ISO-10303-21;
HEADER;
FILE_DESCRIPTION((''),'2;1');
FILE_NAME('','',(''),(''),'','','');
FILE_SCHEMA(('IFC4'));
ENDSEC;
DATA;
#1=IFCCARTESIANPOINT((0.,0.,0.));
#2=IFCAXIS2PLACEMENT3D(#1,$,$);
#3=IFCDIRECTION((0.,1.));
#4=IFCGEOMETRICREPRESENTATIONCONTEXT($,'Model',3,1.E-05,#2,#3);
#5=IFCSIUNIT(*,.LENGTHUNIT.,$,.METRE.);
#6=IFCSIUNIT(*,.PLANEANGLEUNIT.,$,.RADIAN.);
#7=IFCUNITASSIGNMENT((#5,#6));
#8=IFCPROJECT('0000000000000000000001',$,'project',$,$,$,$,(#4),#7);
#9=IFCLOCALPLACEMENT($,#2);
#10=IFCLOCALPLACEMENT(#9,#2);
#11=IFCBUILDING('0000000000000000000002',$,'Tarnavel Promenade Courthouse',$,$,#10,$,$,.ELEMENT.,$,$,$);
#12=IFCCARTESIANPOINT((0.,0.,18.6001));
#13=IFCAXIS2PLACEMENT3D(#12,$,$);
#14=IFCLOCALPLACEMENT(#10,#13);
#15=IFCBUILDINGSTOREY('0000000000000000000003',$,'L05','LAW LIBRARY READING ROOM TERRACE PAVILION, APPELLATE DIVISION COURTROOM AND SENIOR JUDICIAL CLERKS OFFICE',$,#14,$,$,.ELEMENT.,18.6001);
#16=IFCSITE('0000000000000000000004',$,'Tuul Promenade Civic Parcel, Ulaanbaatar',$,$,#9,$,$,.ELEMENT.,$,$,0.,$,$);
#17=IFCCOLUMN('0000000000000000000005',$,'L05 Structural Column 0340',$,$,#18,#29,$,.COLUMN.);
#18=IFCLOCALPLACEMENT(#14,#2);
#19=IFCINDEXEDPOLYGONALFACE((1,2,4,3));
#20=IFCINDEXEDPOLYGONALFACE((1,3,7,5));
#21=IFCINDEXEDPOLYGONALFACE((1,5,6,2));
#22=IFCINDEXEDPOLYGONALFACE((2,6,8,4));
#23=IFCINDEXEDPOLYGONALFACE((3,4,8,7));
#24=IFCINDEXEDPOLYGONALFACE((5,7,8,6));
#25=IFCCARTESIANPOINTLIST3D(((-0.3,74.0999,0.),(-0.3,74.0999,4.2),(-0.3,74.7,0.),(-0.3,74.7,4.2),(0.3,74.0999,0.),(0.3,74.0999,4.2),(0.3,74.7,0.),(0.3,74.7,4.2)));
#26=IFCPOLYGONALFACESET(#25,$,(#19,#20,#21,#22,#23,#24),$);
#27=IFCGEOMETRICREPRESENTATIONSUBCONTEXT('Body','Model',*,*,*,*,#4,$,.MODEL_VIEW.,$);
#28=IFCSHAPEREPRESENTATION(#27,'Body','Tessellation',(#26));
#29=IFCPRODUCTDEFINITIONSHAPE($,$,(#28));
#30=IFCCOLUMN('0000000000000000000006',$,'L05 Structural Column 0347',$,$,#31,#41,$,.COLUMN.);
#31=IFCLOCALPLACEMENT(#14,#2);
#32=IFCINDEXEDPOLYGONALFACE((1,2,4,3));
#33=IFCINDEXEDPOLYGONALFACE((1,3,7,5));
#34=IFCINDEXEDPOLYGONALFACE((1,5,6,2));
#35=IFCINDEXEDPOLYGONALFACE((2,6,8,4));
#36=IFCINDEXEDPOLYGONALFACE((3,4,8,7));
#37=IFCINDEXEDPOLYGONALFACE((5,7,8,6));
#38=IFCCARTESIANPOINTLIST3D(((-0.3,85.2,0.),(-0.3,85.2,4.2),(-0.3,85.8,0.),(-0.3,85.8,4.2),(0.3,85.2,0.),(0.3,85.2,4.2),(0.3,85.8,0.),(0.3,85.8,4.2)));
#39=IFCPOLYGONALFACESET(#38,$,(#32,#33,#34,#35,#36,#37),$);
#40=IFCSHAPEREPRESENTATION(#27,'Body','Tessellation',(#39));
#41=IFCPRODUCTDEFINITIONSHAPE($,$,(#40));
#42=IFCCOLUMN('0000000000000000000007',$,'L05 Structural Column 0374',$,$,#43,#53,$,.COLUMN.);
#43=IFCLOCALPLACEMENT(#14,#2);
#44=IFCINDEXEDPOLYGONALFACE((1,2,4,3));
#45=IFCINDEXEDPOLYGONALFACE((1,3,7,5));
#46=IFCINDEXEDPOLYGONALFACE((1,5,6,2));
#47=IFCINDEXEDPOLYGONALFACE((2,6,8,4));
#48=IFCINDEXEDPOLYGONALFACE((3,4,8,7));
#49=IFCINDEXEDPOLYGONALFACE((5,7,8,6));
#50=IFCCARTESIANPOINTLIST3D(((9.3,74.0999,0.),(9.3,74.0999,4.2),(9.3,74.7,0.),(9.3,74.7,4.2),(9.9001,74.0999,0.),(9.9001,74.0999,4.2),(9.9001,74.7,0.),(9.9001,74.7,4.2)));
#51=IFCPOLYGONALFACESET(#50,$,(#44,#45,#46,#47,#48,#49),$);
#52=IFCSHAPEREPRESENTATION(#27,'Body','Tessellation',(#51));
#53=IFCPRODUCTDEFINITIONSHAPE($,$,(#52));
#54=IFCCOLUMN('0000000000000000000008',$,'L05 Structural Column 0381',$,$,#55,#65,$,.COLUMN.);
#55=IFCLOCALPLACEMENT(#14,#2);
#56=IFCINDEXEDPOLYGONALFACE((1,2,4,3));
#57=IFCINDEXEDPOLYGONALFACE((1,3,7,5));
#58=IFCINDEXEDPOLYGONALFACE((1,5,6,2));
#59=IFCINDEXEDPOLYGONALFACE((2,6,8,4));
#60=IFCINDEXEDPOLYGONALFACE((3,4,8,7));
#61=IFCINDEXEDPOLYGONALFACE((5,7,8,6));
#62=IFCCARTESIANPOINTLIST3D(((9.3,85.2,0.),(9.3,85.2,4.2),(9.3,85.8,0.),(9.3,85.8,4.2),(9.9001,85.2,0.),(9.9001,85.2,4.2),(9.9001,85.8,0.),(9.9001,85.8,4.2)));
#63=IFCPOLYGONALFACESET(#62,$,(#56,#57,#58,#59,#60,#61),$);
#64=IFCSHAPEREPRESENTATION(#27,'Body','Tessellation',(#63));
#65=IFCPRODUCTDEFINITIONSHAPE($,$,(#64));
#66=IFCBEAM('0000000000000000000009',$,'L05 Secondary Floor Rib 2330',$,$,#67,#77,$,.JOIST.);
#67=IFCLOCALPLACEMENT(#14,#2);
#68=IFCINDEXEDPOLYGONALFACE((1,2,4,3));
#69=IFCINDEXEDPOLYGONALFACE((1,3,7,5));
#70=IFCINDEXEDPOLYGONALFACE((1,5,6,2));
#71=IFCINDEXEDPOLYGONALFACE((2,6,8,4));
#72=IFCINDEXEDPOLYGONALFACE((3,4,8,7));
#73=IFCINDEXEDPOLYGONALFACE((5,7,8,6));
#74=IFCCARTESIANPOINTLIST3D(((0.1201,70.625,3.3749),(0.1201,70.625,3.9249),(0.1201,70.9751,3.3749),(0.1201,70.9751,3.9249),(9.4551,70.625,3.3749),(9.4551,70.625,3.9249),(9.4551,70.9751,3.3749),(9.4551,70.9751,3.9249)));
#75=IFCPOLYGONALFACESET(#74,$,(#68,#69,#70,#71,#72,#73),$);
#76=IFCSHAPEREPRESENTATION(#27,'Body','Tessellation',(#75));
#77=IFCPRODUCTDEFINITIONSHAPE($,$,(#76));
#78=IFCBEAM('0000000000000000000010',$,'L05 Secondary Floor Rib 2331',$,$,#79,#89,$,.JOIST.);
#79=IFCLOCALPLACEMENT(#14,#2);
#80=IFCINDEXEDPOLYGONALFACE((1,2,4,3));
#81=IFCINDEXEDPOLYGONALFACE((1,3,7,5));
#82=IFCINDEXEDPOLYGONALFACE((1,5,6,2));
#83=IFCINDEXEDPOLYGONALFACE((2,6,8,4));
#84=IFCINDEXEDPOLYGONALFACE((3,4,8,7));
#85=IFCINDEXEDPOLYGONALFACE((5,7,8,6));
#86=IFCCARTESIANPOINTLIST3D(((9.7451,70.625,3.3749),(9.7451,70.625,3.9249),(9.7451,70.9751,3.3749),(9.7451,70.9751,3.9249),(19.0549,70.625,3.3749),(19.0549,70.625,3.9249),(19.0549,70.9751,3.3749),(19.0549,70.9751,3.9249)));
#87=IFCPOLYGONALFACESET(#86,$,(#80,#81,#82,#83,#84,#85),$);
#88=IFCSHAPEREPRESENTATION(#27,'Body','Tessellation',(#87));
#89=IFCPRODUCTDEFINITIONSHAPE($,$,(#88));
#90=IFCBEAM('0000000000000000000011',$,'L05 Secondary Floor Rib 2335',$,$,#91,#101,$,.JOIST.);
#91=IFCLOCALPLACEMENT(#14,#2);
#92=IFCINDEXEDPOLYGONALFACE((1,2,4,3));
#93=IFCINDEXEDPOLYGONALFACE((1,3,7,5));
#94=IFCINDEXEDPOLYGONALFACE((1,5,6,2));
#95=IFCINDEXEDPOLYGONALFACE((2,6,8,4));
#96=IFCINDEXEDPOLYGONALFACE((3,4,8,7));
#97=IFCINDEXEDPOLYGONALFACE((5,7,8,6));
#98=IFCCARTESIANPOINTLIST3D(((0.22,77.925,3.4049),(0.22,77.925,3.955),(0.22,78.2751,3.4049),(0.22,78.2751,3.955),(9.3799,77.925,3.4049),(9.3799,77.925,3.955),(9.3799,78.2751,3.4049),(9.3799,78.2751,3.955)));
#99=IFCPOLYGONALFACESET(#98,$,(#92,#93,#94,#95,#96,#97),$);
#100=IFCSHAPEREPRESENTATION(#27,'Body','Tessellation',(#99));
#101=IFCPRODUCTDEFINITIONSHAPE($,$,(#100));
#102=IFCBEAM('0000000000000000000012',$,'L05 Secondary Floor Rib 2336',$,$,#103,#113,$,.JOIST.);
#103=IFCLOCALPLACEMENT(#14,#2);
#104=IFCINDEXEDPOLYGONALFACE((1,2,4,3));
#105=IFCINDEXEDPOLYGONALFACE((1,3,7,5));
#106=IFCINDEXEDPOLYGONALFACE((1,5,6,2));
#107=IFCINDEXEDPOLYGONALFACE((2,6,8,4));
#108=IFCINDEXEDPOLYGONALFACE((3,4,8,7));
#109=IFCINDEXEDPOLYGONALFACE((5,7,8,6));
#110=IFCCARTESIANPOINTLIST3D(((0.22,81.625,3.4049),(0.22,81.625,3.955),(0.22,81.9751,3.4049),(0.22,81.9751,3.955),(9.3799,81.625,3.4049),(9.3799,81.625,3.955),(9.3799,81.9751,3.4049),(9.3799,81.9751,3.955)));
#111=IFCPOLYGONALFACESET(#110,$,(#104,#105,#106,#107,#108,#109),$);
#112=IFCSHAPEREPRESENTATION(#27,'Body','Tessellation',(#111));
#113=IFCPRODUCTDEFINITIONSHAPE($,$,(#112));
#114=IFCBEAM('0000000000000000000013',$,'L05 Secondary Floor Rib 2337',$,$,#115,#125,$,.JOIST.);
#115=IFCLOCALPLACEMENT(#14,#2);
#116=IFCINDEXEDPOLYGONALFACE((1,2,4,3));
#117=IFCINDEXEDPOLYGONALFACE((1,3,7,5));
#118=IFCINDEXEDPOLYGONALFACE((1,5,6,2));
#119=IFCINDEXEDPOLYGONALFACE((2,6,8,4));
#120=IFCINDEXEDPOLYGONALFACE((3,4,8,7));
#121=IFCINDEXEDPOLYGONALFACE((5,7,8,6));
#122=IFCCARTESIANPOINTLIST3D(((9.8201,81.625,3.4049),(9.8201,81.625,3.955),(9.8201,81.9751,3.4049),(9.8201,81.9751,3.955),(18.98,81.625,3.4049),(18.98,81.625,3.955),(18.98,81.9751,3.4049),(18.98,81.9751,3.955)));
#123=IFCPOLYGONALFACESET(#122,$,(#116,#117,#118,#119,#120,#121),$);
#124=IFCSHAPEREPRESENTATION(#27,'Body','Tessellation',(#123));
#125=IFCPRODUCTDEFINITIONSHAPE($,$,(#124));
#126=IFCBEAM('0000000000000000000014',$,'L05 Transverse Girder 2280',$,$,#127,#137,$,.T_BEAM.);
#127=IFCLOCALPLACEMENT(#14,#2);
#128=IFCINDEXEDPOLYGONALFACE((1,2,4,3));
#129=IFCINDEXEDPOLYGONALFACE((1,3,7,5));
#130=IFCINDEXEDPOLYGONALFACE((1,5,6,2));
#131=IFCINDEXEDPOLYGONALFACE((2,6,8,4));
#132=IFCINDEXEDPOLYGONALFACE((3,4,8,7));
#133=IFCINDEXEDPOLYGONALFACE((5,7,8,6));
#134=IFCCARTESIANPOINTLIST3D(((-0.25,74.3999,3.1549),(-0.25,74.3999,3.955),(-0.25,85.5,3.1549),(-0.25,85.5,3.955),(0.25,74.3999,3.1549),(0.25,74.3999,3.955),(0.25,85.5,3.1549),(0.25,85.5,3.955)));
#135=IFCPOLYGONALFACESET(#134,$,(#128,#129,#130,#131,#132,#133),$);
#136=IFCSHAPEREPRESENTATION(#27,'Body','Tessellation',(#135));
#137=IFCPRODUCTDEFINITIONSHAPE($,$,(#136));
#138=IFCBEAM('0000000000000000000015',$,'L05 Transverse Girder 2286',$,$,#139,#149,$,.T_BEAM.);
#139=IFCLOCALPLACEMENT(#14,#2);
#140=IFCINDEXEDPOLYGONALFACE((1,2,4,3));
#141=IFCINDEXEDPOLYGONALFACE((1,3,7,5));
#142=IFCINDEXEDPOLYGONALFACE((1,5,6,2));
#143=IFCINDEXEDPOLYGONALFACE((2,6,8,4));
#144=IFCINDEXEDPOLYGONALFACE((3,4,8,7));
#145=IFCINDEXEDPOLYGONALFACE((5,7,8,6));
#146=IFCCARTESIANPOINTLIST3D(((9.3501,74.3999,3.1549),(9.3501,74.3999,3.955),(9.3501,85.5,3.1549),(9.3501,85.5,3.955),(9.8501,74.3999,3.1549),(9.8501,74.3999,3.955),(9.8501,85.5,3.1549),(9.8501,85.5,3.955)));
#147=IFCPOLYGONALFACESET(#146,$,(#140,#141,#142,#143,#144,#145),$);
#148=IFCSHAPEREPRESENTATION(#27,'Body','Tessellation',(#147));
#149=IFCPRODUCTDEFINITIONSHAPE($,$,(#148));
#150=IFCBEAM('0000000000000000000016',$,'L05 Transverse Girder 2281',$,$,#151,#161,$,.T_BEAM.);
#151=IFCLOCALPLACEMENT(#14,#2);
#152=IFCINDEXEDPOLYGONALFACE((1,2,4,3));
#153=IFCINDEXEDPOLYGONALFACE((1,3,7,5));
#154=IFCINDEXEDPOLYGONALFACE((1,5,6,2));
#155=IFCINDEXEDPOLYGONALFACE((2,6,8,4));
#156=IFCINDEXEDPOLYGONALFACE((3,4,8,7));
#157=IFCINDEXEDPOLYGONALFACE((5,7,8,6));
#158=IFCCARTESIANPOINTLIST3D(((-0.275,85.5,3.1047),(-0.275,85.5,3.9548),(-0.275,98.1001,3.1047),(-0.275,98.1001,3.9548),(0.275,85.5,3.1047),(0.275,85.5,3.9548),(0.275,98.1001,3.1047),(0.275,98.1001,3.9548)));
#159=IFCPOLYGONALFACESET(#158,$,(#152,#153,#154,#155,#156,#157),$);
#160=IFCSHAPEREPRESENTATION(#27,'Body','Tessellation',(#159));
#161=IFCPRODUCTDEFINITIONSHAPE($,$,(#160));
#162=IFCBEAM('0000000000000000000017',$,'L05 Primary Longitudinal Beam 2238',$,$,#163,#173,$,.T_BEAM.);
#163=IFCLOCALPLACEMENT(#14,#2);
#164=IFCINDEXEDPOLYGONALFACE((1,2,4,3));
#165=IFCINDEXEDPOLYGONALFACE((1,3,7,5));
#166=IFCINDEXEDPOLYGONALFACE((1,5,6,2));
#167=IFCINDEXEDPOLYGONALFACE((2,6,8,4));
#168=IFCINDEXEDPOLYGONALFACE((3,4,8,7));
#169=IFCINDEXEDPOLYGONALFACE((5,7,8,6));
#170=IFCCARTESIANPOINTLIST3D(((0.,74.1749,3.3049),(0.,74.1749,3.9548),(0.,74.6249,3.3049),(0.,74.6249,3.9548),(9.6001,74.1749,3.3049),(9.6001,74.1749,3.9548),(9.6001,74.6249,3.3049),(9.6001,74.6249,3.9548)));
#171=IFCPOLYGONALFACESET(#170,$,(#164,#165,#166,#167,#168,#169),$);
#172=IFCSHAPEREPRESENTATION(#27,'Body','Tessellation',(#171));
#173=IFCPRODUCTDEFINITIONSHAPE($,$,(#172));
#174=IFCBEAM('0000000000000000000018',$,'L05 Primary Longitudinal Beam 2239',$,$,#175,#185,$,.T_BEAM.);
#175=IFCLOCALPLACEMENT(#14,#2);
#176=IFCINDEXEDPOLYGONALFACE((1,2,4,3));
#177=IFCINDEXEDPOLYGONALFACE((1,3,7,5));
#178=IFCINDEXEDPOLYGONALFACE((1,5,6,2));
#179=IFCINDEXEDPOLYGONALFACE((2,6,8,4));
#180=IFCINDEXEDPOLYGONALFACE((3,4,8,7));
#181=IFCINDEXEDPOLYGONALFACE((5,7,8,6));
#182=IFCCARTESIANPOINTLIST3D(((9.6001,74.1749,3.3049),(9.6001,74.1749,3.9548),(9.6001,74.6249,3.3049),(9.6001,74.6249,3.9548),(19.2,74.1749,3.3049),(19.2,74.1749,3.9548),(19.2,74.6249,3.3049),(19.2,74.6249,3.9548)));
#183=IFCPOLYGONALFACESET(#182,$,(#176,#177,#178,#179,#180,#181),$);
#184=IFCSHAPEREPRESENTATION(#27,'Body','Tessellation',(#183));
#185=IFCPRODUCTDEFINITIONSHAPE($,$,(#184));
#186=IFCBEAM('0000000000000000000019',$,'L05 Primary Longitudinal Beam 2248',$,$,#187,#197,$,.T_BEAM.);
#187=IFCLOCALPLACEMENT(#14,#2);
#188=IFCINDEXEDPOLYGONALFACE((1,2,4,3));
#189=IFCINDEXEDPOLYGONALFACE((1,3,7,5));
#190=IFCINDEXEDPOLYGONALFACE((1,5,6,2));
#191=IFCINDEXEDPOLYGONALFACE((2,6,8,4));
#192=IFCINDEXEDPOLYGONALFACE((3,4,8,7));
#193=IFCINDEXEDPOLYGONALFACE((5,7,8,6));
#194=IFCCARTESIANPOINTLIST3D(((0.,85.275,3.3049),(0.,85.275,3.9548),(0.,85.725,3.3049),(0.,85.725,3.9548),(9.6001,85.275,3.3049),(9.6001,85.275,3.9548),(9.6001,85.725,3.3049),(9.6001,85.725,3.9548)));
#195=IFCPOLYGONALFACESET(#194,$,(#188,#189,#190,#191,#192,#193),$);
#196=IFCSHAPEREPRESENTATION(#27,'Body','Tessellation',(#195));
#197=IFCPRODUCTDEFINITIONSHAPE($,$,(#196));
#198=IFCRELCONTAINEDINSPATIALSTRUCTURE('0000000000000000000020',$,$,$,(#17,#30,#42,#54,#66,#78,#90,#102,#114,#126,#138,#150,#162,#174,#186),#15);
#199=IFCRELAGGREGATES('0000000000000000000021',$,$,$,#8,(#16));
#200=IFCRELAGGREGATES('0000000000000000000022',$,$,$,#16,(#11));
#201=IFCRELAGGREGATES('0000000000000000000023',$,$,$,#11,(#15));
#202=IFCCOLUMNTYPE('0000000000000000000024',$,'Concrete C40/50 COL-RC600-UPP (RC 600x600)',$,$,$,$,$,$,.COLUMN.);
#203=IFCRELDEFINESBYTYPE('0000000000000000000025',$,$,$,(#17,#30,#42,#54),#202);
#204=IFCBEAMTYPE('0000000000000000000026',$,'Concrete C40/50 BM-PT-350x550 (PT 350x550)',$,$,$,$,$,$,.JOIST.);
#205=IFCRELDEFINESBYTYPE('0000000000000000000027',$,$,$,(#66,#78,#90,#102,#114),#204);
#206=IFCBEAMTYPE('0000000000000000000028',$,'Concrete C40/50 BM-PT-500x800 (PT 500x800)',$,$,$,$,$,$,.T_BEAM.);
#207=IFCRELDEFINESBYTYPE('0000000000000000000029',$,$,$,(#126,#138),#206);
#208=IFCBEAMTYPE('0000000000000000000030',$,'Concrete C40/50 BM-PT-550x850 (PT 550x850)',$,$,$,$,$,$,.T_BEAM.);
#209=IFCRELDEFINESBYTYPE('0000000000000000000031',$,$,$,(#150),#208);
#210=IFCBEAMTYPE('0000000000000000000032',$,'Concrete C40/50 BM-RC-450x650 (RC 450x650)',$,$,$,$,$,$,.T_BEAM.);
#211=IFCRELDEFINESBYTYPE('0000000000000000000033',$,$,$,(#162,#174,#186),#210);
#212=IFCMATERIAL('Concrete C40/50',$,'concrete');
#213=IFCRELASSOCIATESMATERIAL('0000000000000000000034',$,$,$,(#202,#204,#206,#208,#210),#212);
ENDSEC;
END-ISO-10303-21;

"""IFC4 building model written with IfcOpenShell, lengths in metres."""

from ifc_helpers import new_model, si_unit, direction, frame, origin, origin_2d, place, context, subcontext, project, spatial, rectangle, extrude, material, material_profile, profile_set, type_object, element, save


model = new_model("IFC4")

# Units and contexts
model_context = context("Model", 3, precision=1e-05, world=origin(), true_north=direction((0.0, 1.0)))
body_context = subcontext(model_context, "Body", "Model", "MODEL_VIEW")
ifc_project = project(units=[si_unit("LENGTHUNIT", "METRE"), si_unit("PLANEANGLEUNIT", "RADIAN")], contexts=[model_context])

# Site, building, storey
site_placement = place(None, origin())
site = spatial("IfcSite", under=ifc_project, at=site_placement, Name="Tuul Promenade Civic Parcel, Ulaanbaatar", CompositionType="ELEMENT", RefElevation=0.0)
building_placement = place(site_placement, origin())
building = spatial("IfcBuilding", under=site, at=building_placement, Name="Tarnavel Promenade Courthouse", CompositionType="ELEMENT")
storey_placement = place(building_placement, frame((0.0, 0.0, 18.6001)))
storey = spatial("IfcBuildingStorey", under=building, at=storey_placement, Name="L05", Description="LAW LIBRARY READING ROOM TERRACE PAVILION, APPELLATE DIVISION COURTROOM AND SENIOR JUDICIAL CLERKS OFFICE", CompositionType="ELEMENT", Elevation=18.6001)

# Columns
ifc_material_1 = material(Name="Concrete C40/50", Category="concrete")
ifc_material_profile_1 = material_profile(ifc_material_1, rectangle(XDim=0.6001, YDim=0.6001, at=origin_2d()), Name="RC 600x600")
ifc_profile_set_1 = profile_set([ifc_material_profile_1], Name="Concrete C40/50")
column_type = type_object("IfcColumnType", Name="Concrete C40/50 COL-RC600-UPP (RC 600x600)", PredefinedType="COLUMN", material=ifc_profile_set_1)
for number, where, z_axis, x_axis, name in (
    (1, (0.0, 74.3999, 0.0), (0.0, 0.0, 1.0), (1.0, 0.0, 0.0), "L05 Structural Column 0340"),
    (2, (0.0, 85.5, 0.0), (0.0, 0.0, 1.0), (1.0, 0.0, 0.0), "L05 Structural Column 0347"),
    (3, (9.6001, 74.3999, 0.0), (0.0, 0.0, 1.0), (1.0, 0.0, 0.0), "L05 Structural Column 0374"),
    (4, (9.6001, 85.5, 0.0), (0.0, 0.0, 1.0), (1.0, 0.0, 0.0), "L05 Structural Column 0381"),
):
    element("IfcColumn", number, at=place(storey_placement, frame(where, z_axis=z_axis, x_axis=x_axis)), inside=storey, type_object=column_type, Name=name, PredefinedType="COLUMN", context=body_context, shape_type="SweptSolid", body=[
        extrude(rectangle(XDim=0.6001, YDim=0.6001, at=origin_2d()), origin(), (0.0, 0.0, 1.0), 4.2),
    ])

# Beams
ifc_material_profile_2 = material_profile(ifc_material_1, rectangle(XDim=0.3501, YDim=0.55, at=origin_2d()), Name="PT 350x550")
ifc_profile_set_2 = profile_set([ifc_material_profile_2], Name="Concrete C40/50")
beam_type_1 = type_object("IfcBeamType", Name="Concrete C40/50 BM-PT-350x550 (PT 350x550)", PredefinedType="JOIST", material=ifc_profile_set_2)
beam_1_placement = place(storey_placement, frame((0.1201, 70.8, 3.6499), z_axis=(1.0, 0.0, 0.0), x_axis=(0.0, 1.0, 0.0)))
element("IfcBeam", 5, at=beam_1_placement, inside=storey, type_object=beam_type_1, Name="L05 Secondary Floor Rib 2330", PredefinedType="JOIST", context=body_context, shape_type="SweptSolid", body=[
    extrude(rectangle(XDim=0.3501, YDim=0.55, at=origin_2d()), origin(), (0.0, 0.0, 1.0), 9.335),
])
beam_2_placement = place(storey_placement, frame((9.7451, 70.8, 3.6499), z_axis=(1.0, 0.0, 0.0), x_axis=(0.0, 1.0, 0.0)))
element("IfcBeam", 6, at=beam_2_placement, inside=storey, type_object=beam_type_1, Name="L05 Secondary Floor Rib 2331", PredefinedType="JOIST", context=body_context, shape_type="SweptSolid", body=[
    extrude(rectangle(XDim=0.3501, YDim=0.55, at=origin_2d()), origin(), (0.0, 0.0, 1.0), 9.3098),
])
for number, where, z_axis, x_axis, name in (
    (7, (0.22, 78.1001, 3.6799), (1.0, 0.0, 0.0), (0.0, 1.0, 0.0), "L05 Secondary Floor Rib 2335"),
    (8, (0.22, 81.8, 3.6799), (1.0, 0.0, 0.0), (0.0, 1.0, 0.0), "L05 Secondary Floor Rib 2336"),
    (9, (9.8201, 81.8, 3.6799), (1.0, 0.0, 0.0), (0.0, 1.0, 0.0), "L05 Secondary Floor Rib 2337"),
):
    element("IfcBeam", number, at=place(storey_placement, frame(where, z_axis=z_axis, x_axis=x_axis)), inside=storey, type_object=beam_type_1, Name=name, PredefinedType="JOIST", context=body_context, shape_type="SweptSolid", body=[
        extrude(rectangle(XDim=0.3501, YDim=0.55, at=origin_2d()), origin(), (0.0, 0.0, 1.0), 9.1599),
    ])
ifc_material_profile_3 = material_profile(ifc_material_1, rectangle(XDim=0.5, YDim=0.8, at=origin_2d()), Name="PT 500x800")
ifc_profile_set_3 = profile_set([ifc_material_profile_3], Name="Concrete C40/50")
beam_type_2 = type_object("IfcBeamType", Name="Concrete C40/50 BM-PT-500x800 (PT 500x800)", PredefinedType="T_BEAM", material=ifc_profile_set_3)
for number, where, z_axis, x_axis, name in (
    (10, (0.0, 74.3999, 3.5549), (0.0, 1.0, 0.0), (-1.0, 0.0, 0.0), "L05 Transverse Girder 2280"),
    (11, (9.6001, 74.3999, 3.5549), (0.0, 1.0, 0.0), (-1.0, 0.0, 0.0), "L05 Transverse Girder 2286"),
):
    element("IfcBeam", number, at=place(storey_placement, frame(where, z_axis=z_axis, x_axis=x_axis)), inside=storey, type_object=beam_type_2, Name=name, PredefinedType="T_BEAM", context=body_context, shape_type="SweptSolid", body=[
        extrude(rectangle(XDim=0.5, YDim=0.8, at=origin_2d()), origin(), (0.0, 0.0, 1.0), 11.1001),
    ])
ifc_material_profile_4 = material_profile(ifc_material_1, rectangle(XDim=0.55, YDim=0.8501, at=origin_2d()), Name="PT 550x850")
ifc_profile_set_4 = profile_set([ifc_material_profile_4], Name="Concrete C40/50")
beam_type_3 = type_object("IfcBeamType", Name="Concrete C40/50 BM-PT-550x850 (PT 550x850)", PredefinedType="T_BEAM", material=ifc_profile_set_4)
beam_3_placement = place(storey_placement, frame((0.0, 85.5, 3.5298), z_axis=(0.0, 1.0, 0.0), x_axis=(-1.0, 0.0, 0.0)))
element("IfcBeam", 12, at=beam_3_placement, inside=storey, type_object=beam_type_3, Name="L05 Transverse Girder 2281", PredefinedType="T_BEAM", context=body_context, shape_type="SweptSolid", body=[
    extrude(rectangle(XDim=0.55, YDim=0.8501, at=origin_2d()), origin(), (0.0, 0.0, 1.0), 12.6001),
])
ifc_material_profile_5 = material_profile(ifc_material_1, rectangle(XDim=0.45, YDim=0.6499, at=origin_2d()), Name="RC 450x650")
ifc_profile_set_5 = profile_set([ifc_material_profile_5], Name="Concrete C40/50")
beam_type_4 = type_object("IfcBeamType", Name="Concrete C40/50 BM-RC-450x650 (RC 450x650)", PredefinedType="T_BEAM", material=ifc_profile_set_5)
beam_4_placement = place(storey_placement, frame((0.0, 74.3999, 3.6299), z_axis=(1.0, 0.0, 0.0), x_axis=(0.0, 1.0, 0.0)))
element("IfcBeam", 13, at=beam_4_placement, inside=storey, type_object=beam_type_4, Name="L05 Primary Longitudinal Beam 2238", PredefinedType="T_BEAM", context=body_context, shape_type="SweptSolid", body=[
    extrude(rectangle(XDim=0.45, YDim=0.6499, at=origin_2d()), origin(), (0.0, 0.0, 1.0), 9.6001),
])
beam_5_placement = place(storey_placement, frame((9.6001, 74.3999, 3.6299), z_axis=(1.0, 0.0, 0.0), x_axis=(0.0, 1.0, 0.0)))
element("IfcBeam", 14, at=beam_5_placement, inside=storey, type_object=beam_type_4, Name="L05 Primary Longitudinal Beam 2239", PredefinedType="T_BEAM", context=body_context, shape_type="SweptSolid", body=[
    extrude(rectangle(XDim=0.45, YDim=0.6499, at=origin_2d()), origin(), (0.0, 0.0, 1.0), 9.5999),
])
beam_6_placement = place(storey_placement, frame((0.0, 85.5, 3.6299), z_axis=(1.0, 0.0, 0.0), x_axis=(0.0, 1.0, 0.0)))
element("IfcBeam", 15, at=beam_6_placement, inside=storey, type_object=beam_type_4, Name="L05 Primary Longitudinal Beam 2248", PredefinedType="T_BEAM", context=body_context, shape_type="SweptSolid", body=[
    extrude(rectangle(XDim=0.45, YDim=0.6499, at=origin_2d()), origin(), (0.0, 0.0, 1.0), 9.6001),
])

save(model, "model.ifc")
